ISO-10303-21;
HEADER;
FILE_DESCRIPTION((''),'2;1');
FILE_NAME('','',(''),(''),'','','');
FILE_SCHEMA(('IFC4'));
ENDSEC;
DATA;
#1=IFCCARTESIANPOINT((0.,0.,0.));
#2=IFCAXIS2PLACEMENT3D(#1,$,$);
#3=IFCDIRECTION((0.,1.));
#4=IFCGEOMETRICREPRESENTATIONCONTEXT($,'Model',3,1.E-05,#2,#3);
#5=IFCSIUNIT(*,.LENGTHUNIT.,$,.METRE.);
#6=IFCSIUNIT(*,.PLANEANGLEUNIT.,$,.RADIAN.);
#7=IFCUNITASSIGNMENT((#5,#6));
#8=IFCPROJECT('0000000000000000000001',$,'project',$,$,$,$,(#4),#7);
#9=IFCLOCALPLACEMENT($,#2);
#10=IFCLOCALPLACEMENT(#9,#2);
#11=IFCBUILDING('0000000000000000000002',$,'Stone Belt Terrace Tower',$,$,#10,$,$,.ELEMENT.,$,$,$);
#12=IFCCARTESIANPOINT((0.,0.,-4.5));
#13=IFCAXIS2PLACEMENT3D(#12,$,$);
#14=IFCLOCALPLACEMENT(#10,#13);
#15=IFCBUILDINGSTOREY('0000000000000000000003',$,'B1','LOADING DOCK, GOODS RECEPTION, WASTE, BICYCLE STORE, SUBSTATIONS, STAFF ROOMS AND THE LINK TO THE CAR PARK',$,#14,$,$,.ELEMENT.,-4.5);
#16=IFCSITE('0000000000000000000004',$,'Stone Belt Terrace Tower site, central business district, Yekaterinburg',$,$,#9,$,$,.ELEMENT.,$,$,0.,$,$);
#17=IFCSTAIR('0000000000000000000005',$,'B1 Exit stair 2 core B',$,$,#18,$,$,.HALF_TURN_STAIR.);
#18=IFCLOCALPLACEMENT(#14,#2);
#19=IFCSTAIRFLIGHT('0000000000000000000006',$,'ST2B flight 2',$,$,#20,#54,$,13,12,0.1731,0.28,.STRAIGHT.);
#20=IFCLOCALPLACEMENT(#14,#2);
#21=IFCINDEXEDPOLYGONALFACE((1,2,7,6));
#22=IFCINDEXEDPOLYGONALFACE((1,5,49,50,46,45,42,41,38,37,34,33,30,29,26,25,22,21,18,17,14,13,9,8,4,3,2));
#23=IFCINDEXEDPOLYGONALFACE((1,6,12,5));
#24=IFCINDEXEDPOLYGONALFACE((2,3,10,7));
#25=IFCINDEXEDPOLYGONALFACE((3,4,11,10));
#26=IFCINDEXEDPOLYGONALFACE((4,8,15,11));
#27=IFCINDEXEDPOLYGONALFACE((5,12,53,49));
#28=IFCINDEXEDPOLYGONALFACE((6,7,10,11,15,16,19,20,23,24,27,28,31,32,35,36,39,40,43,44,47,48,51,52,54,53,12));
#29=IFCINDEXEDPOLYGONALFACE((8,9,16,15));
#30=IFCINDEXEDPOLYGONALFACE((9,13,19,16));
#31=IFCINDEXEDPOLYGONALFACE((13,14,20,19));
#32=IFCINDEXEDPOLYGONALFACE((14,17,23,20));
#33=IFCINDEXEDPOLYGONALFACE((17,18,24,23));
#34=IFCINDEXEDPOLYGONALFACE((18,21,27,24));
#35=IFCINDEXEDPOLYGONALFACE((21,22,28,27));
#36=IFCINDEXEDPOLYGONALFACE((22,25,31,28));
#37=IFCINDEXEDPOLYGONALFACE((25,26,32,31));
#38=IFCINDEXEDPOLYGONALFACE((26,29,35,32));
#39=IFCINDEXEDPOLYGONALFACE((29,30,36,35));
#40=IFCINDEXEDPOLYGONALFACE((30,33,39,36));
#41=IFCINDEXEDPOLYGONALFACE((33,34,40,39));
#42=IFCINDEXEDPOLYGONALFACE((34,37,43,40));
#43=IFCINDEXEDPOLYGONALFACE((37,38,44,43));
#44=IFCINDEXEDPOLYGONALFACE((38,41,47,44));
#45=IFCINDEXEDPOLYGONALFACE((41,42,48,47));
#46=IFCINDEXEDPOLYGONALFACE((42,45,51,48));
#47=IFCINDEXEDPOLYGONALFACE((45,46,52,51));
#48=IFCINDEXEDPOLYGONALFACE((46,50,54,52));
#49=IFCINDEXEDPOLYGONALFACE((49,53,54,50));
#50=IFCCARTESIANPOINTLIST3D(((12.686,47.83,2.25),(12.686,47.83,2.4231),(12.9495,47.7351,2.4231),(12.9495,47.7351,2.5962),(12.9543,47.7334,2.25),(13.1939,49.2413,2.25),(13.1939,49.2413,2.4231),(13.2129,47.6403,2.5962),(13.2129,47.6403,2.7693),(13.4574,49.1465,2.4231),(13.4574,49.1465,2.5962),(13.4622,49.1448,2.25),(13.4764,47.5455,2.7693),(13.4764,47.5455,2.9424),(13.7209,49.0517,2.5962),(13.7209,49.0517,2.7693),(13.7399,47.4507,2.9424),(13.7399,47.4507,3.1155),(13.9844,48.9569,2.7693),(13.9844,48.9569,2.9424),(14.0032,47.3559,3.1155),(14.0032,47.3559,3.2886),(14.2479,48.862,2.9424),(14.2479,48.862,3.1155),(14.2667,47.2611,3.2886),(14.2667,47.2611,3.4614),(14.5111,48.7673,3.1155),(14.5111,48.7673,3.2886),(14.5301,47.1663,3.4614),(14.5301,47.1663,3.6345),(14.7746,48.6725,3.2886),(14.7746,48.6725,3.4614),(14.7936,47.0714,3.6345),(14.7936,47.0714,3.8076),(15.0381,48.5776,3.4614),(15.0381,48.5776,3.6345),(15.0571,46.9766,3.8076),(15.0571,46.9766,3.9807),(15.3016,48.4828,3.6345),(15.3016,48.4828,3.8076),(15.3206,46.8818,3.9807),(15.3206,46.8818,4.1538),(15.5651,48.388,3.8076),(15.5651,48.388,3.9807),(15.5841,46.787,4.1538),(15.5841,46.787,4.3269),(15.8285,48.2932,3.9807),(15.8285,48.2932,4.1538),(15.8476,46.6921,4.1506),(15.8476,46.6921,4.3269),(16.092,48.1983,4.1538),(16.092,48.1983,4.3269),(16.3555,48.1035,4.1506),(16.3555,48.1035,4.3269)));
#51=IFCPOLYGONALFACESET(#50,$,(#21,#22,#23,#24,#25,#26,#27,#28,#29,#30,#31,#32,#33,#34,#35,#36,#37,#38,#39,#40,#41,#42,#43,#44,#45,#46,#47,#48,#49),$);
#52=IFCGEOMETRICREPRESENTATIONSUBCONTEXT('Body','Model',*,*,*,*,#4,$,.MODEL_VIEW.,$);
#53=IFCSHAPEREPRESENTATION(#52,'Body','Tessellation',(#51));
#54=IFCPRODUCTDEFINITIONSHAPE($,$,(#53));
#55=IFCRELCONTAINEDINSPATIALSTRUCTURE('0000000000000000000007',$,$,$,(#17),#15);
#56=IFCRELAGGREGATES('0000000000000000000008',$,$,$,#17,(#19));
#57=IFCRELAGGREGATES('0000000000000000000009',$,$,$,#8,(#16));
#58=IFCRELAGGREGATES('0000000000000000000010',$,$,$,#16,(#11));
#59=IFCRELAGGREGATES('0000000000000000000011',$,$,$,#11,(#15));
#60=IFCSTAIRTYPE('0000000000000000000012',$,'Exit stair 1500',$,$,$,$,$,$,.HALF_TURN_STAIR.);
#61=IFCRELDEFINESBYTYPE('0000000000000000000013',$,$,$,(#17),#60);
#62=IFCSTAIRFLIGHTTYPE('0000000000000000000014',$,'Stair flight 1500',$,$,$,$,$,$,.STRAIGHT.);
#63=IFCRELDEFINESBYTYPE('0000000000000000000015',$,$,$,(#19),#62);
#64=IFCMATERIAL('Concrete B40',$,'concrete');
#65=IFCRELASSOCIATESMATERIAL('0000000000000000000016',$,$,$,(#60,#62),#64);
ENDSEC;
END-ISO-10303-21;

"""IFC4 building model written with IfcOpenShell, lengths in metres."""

from ifc_helpers import new_model, si_unit, direction, frame, origin, place, context, subcontext, project, spatial, polyline, outline, extrude, material, type_object, element, aggregate, save


model = new_model("IFC4")

# Units and contexts
model_context = context("Model", 3, precision=1e-05, world=origin(), true_north=direction((0.0, 1.0)))
body_context = subcontext(model_context, "Body", "Model", "MODEL_VIEW")
ifc_project = project(units=[si_unit("LENGTHUNIT", "METRE"), si_unit("PLANEANGLEUNIT", "RADIAN")], contexts=[model_context])

# Site, building, storey
site_placement = place(None, origin())
site = spatial("IfcSite", under=ifc_project, at=site_placement, Name="Stone Belt Terrace Tower site, central business district, Yekaterinburg", CompositionType="ELEMENT", RefElevation=0.0)
building_placement = place(site_placement, origin())
building = spatial("IfcBuilding", under=site, at=building_placement, Name="Stone Belt Terrace Tower", CompositionType="ELEMENT")
storey_placement = place(building_placement, frame((0.0, 0.0, -4.5)))
storey = spatial("IfcBuildingStorey", under=building, at=storey_placement, Name="B1", Description="LOADING DOCK, GOODS RECEPTION, WASTE, BICYCLE STORE, SUBSTATIONS, STAFF ROOMS AND THE LINK TO THE CAR PARK", CompositionType="ELEMENT", Elevation=-4.5)

# Stair, stair flight
ifc_material_1 = material(Name="Concrete B40", Category="concrete")
stair_type = type_object("IfcStairType", Name="Exit stair 1500", PredefinedType="HALF_TURN_STAIR", material=ifc_material_1)
stair_placement = place(storey_placement, origin())
stair = element("IfcStair", 1, at=stair_placement, inside=storey, type_object=stair_type, Name="B1 Exit stair 2 core B", PredefinedType="HALF_TURN_STAIR")
stair_flight_type = type_object("IfcStairFlightType", Name="Stair flight 1500", PredefinedType="STRAIGHT", material=ifc_material_1)
stair_flight_1_placement = place(storey_placement, frame((12.9399, 48.5356, 2.25), z_axis=(0.0, 0.0, 1.0), x_axis=(0.940922, -0.338624, 0.0)))
stair_flight_1 = element("IfcStairFlight", 2, at=stair_flight_1_placement, type_object=stair_flight_type, Name="ST2B flight 2", NumberOfRisers=13, NumberOfTreads=12, PredefinedType="STRAIGHT", RiserHeight=0.1731, TreadLength=0.28, context=body_context, shape_type="SweptSolid", body=[
    extrude(outline(polyline([(0.0, 0.0), (0.0, 0.1731), (0.28, 0.1731), (0.28, 0.3462), (0.5601, 0.3462), (0.5601, 0.5193), (0.8401, 0.5193), (0.8401, 0.6924), (1.1201, 0.6924), (1.1201, 0.8655), (1.3999, 0.8655), (1.3999, 1.0386), (1.6799, 1.0386), (1.6799, 1.2114), (1.96, 1.2114), (1.96, 1.3845), (2.24, 1.3845), (2.24, 1.5576), (2.52, 1.5576), (2.52, 1.7307), (2.8, 1.7307), (2.8, 1.9038), (3.0801, 1.9038), (3.0801, 2.0769), (3.3601, 2.0769), (3.3601, 2.25), (3.3601, 1.9006), (0.2852, 0.0), (0.0, 0.0)])), frame((0.0, 0.75, 0.0), z_axis=(0.0, -1.0, 0.0), x_axis=(1.0, 0.0, 0.0)), (0.0, 0.0, 1.0), 1.5),
])
aggregate(stair, [stair_flight_1])

save(model, "model.ifc")
